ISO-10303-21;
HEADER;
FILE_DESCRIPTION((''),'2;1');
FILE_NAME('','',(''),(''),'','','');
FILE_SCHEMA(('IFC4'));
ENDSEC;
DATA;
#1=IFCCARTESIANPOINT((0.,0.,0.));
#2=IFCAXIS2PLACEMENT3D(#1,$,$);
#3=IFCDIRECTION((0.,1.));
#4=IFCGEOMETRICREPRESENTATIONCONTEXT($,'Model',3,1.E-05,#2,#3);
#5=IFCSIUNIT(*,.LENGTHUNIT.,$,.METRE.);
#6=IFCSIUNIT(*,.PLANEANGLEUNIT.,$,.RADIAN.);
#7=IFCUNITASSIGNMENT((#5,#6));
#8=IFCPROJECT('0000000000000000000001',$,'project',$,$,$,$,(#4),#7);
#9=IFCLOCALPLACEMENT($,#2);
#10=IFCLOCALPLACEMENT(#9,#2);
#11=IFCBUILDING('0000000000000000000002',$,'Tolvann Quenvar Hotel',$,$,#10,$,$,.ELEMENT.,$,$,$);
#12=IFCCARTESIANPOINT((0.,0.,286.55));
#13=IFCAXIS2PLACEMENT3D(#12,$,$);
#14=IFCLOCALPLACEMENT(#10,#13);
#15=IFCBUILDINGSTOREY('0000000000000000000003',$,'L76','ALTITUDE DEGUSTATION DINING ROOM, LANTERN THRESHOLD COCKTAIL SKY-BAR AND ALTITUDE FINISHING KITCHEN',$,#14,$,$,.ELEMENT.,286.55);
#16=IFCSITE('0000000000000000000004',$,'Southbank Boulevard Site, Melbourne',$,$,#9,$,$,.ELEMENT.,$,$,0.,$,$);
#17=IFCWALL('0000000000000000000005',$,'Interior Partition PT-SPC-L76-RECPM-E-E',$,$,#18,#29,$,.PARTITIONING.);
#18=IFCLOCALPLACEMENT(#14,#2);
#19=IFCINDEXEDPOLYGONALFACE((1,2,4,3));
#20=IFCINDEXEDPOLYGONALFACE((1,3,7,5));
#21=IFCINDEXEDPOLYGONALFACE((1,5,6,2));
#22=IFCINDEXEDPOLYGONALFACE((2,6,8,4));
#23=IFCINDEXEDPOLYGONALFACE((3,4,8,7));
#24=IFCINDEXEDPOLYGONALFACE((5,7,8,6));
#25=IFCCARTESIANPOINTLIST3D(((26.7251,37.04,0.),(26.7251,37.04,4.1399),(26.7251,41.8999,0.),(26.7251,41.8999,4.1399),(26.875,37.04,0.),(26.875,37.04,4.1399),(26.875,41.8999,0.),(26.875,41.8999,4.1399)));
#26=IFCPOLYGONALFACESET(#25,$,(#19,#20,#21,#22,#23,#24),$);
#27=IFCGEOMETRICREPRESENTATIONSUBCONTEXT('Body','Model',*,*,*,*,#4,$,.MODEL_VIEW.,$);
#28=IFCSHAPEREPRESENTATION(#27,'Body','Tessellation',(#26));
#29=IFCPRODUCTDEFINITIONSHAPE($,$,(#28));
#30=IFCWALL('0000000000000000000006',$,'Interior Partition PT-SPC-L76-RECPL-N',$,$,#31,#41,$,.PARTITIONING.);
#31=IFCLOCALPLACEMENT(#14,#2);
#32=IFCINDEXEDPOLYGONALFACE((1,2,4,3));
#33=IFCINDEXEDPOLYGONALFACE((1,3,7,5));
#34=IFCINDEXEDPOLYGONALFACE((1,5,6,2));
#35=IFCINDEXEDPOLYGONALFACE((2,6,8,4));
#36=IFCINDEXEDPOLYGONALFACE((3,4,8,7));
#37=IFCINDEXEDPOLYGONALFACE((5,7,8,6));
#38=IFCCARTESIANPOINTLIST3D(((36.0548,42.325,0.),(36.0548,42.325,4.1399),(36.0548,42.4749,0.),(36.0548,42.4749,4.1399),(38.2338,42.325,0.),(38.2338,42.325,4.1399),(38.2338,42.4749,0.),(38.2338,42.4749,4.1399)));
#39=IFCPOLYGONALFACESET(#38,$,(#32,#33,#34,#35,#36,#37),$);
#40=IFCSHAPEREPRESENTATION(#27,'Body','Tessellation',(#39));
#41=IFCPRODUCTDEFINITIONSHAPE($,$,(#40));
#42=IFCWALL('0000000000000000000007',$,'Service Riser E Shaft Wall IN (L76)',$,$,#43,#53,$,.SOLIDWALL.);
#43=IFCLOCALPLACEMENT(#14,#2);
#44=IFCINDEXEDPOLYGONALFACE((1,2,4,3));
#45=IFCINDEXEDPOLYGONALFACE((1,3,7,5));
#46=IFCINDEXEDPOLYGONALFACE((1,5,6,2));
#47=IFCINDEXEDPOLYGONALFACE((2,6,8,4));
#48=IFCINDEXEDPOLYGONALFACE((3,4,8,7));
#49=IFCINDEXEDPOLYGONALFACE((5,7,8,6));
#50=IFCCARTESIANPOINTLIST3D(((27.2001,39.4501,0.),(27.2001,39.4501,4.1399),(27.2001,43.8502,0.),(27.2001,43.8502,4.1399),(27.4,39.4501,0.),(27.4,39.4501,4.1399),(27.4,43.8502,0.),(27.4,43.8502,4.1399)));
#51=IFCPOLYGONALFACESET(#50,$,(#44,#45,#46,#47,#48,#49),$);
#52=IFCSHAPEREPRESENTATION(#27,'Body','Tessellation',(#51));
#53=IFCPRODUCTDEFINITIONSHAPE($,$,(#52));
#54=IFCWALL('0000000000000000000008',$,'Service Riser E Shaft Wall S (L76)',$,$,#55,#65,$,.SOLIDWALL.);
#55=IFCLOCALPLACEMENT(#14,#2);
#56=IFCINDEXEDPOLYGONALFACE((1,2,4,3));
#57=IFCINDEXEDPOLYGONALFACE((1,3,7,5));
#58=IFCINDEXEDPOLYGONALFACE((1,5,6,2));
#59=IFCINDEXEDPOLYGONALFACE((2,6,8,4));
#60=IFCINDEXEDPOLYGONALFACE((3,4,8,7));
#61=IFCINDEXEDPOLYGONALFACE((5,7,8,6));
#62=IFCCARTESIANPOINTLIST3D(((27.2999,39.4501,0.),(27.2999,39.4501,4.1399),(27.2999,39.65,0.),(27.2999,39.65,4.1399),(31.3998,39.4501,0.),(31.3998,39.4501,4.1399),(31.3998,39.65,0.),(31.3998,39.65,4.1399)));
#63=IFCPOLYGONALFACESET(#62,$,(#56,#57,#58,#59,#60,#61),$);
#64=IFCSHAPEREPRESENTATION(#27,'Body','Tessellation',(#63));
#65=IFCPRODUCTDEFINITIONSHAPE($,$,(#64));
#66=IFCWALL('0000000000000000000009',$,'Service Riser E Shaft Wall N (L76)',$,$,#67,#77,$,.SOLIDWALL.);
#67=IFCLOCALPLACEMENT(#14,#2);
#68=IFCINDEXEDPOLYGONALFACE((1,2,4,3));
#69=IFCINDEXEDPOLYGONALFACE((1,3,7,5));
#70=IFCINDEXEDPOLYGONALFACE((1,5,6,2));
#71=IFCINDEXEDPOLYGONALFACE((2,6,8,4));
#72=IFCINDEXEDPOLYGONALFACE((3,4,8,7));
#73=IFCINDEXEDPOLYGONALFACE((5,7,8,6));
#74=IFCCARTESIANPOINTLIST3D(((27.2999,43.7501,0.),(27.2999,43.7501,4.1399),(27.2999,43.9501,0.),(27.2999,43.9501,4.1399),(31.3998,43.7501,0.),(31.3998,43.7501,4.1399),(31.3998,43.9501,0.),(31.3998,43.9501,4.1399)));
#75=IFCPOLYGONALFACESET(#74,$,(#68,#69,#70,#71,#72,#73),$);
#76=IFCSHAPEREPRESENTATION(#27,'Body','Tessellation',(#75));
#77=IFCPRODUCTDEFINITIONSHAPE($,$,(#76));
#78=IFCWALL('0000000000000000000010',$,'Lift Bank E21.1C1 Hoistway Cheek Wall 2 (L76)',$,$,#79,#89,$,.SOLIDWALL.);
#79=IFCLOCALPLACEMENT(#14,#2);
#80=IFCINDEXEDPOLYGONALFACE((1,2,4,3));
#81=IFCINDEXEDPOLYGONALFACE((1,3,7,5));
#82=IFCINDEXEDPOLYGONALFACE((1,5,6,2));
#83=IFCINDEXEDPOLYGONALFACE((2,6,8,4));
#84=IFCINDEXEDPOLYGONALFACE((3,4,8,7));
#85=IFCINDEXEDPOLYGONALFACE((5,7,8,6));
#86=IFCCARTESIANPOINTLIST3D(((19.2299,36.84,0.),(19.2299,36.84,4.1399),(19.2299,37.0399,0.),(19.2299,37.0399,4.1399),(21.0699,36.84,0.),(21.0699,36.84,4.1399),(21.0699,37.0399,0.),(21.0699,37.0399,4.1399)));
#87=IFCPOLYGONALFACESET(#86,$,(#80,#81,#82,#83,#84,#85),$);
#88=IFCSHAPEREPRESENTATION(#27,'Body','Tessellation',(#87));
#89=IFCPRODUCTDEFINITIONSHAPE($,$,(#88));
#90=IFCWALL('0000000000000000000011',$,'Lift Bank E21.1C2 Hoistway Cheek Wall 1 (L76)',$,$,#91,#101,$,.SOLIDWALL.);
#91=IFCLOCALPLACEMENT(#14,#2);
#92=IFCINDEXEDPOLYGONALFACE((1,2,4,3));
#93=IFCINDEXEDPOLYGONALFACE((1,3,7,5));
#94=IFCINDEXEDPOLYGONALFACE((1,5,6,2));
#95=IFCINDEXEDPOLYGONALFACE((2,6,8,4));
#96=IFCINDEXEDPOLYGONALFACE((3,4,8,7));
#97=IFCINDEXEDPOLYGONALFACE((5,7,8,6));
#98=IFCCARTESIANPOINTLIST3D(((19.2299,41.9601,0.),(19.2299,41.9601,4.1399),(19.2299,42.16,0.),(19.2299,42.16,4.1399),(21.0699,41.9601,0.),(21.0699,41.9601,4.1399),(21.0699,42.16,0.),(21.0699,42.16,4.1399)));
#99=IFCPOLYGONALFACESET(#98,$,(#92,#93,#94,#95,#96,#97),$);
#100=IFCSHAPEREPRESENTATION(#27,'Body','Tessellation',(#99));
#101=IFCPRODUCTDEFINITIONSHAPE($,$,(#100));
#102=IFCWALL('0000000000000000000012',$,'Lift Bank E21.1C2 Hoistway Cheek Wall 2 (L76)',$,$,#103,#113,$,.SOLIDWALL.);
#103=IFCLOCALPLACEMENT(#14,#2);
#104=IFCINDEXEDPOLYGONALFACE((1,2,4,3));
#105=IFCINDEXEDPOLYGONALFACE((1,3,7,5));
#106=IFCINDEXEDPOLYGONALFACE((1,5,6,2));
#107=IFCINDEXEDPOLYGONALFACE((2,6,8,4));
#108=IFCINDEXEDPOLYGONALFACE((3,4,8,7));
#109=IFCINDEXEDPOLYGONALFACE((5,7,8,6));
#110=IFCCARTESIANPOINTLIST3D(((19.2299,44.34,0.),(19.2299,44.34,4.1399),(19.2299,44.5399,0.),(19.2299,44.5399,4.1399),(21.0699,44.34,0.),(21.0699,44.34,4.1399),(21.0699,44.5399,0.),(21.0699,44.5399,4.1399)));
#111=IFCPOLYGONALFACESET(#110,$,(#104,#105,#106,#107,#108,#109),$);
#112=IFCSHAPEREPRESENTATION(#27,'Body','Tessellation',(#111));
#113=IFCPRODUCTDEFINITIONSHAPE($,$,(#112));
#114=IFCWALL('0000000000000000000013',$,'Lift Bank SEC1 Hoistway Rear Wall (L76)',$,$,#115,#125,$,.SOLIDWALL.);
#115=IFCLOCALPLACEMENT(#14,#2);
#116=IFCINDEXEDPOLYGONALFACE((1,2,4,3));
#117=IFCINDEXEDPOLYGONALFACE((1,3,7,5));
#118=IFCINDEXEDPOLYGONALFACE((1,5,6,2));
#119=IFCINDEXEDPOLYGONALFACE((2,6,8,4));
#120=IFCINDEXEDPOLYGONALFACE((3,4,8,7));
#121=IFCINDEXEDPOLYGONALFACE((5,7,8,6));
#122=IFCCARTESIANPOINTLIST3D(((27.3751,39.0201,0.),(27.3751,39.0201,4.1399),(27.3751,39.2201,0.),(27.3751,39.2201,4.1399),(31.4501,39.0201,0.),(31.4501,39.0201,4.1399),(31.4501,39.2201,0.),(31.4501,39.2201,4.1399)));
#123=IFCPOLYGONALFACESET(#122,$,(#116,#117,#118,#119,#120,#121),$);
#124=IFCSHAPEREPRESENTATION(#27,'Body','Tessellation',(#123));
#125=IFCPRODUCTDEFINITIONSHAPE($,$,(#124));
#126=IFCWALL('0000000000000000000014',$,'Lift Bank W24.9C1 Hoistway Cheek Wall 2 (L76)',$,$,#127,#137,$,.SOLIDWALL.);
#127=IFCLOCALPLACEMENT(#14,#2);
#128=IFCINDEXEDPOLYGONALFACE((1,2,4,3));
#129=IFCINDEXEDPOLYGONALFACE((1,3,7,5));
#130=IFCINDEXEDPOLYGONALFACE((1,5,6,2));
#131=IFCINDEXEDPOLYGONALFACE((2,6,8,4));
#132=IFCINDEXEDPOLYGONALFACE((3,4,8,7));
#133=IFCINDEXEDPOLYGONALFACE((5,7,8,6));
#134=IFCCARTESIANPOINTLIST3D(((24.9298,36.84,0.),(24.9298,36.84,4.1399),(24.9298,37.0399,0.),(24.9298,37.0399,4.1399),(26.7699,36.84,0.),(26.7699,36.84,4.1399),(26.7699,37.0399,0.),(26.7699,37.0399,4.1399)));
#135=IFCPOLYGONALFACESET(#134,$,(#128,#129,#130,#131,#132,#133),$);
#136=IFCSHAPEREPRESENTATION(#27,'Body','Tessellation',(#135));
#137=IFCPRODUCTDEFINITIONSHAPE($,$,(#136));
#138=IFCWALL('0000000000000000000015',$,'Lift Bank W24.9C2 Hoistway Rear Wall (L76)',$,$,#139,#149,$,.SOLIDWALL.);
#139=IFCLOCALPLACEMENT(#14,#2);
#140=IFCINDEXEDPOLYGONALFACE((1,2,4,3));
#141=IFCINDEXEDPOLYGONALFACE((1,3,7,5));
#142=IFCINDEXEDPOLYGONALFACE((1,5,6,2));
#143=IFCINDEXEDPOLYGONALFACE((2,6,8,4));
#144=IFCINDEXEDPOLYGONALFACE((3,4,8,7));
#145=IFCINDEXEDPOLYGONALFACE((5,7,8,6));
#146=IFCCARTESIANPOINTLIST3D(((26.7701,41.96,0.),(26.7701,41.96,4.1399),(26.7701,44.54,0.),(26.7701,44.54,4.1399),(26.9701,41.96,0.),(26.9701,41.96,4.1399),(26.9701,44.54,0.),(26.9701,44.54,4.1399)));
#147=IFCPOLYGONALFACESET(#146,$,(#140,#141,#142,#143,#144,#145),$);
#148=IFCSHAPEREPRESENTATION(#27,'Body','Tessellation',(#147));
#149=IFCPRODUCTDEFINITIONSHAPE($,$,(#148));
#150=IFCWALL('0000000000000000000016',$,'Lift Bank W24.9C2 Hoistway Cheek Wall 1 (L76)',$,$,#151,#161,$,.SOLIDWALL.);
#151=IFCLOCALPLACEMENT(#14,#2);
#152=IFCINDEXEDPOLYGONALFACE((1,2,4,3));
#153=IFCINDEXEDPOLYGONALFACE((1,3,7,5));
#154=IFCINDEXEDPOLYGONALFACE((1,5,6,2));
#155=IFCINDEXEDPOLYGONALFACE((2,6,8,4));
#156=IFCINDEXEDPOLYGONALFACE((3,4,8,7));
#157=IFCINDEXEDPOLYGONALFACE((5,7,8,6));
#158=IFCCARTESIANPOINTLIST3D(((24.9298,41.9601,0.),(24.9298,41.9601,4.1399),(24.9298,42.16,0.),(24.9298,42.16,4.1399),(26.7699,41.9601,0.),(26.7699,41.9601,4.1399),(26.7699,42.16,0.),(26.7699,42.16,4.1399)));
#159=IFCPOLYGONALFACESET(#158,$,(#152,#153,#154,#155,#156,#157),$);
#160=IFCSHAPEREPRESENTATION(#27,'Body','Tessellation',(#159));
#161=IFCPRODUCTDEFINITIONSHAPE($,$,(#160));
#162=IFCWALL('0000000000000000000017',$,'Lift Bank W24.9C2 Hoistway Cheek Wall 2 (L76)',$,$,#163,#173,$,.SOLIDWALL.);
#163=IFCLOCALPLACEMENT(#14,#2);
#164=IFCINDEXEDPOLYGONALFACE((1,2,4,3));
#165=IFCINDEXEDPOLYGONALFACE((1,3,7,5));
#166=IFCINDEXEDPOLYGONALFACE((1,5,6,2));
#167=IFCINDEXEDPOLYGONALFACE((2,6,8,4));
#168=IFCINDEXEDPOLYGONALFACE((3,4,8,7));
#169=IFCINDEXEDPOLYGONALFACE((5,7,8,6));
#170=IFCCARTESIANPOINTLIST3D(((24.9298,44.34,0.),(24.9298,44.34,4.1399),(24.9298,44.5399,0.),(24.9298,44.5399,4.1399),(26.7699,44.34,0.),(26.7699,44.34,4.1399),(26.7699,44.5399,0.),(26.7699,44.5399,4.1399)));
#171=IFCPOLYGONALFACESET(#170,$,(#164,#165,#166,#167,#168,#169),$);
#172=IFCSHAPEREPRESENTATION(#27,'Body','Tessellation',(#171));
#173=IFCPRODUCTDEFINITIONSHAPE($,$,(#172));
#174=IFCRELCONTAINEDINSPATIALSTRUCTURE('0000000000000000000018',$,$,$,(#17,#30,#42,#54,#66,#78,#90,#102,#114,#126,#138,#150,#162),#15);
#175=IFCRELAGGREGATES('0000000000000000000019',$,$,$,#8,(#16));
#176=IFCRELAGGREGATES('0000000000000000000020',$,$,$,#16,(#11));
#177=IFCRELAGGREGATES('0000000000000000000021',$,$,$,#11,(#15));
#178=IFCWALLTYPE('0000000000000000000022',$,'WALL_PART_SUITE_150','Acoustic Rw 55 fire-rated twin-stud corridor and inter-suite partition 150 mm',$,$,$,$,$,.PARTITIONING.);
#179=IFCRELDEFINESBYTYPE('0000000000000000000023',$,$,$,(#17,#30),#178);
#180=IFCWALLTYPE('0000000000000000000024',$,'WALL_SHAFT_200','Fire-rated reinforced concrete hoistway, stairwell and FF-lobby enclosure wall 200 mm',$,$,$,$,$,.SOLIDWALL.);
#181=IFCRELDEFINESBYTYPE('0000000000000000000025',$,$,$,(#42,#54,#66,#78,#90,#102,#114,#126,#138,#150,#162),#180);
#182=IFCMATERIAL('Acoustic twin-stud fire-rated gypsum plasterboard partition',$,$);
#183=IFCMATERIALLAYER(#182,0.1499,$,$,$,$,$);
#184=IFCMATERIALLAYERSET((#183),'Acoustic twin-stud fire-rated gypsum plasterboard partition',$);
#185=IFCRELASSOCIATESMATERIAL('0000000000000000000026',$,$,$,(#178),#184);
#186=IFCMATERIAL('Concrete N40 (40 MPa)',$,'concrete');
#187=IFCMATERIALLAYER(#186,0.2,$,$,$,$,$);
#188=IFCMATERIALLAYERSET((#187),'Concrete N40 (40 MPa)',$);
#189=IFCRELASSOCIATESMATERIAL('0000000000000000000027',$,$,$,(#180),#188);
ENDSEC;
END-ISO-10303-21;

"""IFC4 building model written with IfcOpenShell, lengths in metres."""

from ifc_helpers import new_model, si_unit, direction, frame, frame_2d, origin, place, context, subcontext, project, spatial, rectangle, extrude, material, layer, layer_set, type_object, element, save


model = new_model("IFC4")

# Units and contexts
model_context = context("Model", 3, precision=1e-05, world=origin(), true_north=direction((0.0, 1.0)))
body_context = subcontext(model_context, "Body", "Model", "MODEL_VIEW")
ifc_project = project(units=[si_unit("LENGTHUNIT", "METRE"), si_unit("PLANEANGLEUNIT", "RADIAN")], contexts=[model_context])

# Site, building, storey
site_placement = place(None, origin())
site = spatial("IfcSite", under=ifc_project, at=site_placement, Name="Southbank Boulevard Site, Melbourne", CompositionType="ELEMENT", RefElevation=0.0)
building_placement = place(site_placement, origin())
building = spatial("IfcBuilding", under=site, at=building_placement, Name="Tolvann Quenvar Hotel", CompositionType="ELEMENT")
storey_placement = place(building_placement, frame((0.0, 0.0, 286.55)))
storey = spatial("IfcBuildingStorey", under=building, at=storey_placement, Name="L76", Description="ALTITUDE DEGUSTATION DINING ROOM, LANTERN THRESHOLD COCKTAIL SKY-BAR AND ALTITUDE FINISHING KITCHEN", CompositionType="ELEMENT", Elevation=286.55)

# Shared definitions
ifc_material_1 = material(Name="Acoustic twin-stud fire-rated gypsum plasterboard partition")
ifc_layer_1 = layer(ifc_material_1, 0.1499)
ifc_layer_set_1 = layer_set([ifc_layer_1], Name="Acoustic twin-stud fire-rated gypsum plasterboard partition")
wall_type_1 = type_object("IfcWallType", Name="WALL_PART_SUITE_150", Description="Acoustic Rw 55 fire-rated twin-stud corridor and inter-suite partition 150 mm", PredefinedType="PARTITIONING", material=ifc_layer_set_1)

# Walls
wall_1_placement = place(storey_placement, frame((26.8, 37.04, 0.0), z_axis=(0.0, 0.0, 1.0), x_axis=(0.0, 1.0, 0.0)))
element("IfcWall", 1, at=wall_1_placement, inside=storey, type_object=wall_type_1, Name="Interior Partition PT-SPC-L76-RECPM-E-E", PredefinedType="PARTITIONING", context=body_context, shape_type="SweptSolid", body=[
    extrude(rectangle(XDim=4.8599, YDim=0.1499, at=frame_2d((2.4299, 0.0))), origin(), (0.0, 0.0, 1.0), 4.1399),
])
wall_2_placement = place(storey_placement, frame((36.0549, 42.3999, 0.0), z_axis=(0.0, 0.0, 1.0), x_axis=(1.0, 0.0, 0.0)))
element("IfcWall", 2, at=wall_2_placement, inside=storey, type_object=wall_type_1, Name="Interior Partition PT-SPC-L76-RECPL-N", PredefinedType="PARTITIONING", context=body_context, shape_type="SweptSolid", body=[
    extrude(rectangle(XDim=2.179, YDim=0.1499, at=frame_2d((1.0894, 0.0))), origin(), (0.0, 0.0, 1.0), 4.1399),
])
ifc_material_2 = material(Name="Concrete N40 (40 MPa)", Category="concrete")
ifc_layer_2 = layer(ifc_material_2, 0.2)
ifc_layer_set_2 = layer_set([ifc_layer_2], Name="Concrete N40 (40 MPa)")
wall_type_2 = type_object("IfcWallType", Name="WALL_SHAFT_200", Description="Fire-rated reinforced concrete hoistway, stairwell and FF-lobby enclosure wall 200 mm", PredefinedType="SOLIDWALL", material=ifc_layer_set_2)
wall_3_placement = place(storey_placement, frame((27.3, 39.45, 0.0), z_axis=(0.0, 0.0, 1.0), x_axis=(0.0, 1.0, 0.0)))
element("IfcWall", 3, at=wall_3_placement, inside=storey, type_object=wall_type_2, Name="Service Riser E Shaft Wall IN (L76)", PredefinedType="SOLIDWALL", context=body_context, shape_type="SweptSolid", body=[
    extrude(rectangle(XDim=4.4001, YDim=0.2, at=frame_2d((2.2002, 0.0))), origin(), (0.0, 0.0, 1.0), 4.1399),
])
for number, where, z_axis, x_axis, name in (
    (4, (27.3, 39.55, 0.0), (0.0, 0.0, 1.0), (1.0, 0.0, 0.0), "Service Riser E Shaft Wall S (L76)"),
    (5, (27.3, 43.8501, 0.0), (0.0, 0.0, 1.0), (1.0, 0.0, 0.0), "Service Riser E Shaft Wall N (L76)"),
):
    element("IfcWall", number, at=place(storey_placement, frame(where, z_axis=z_axis, x_axis=x_axis)), inside=storey, type_object=wall_type_2, Name=name, PredefinedType="SOLIDWALL", context=body_context, shape_type="SweptSolid", body=[
        extrude(rectangle(XDim=4.0999, YDim=0.2, at=frame_2d((2.0498, 0.0))), origin(), (0.0, 0.0, 1.0), 4.1399),
    ])
wall_4_placement = place(storey_placement, frame((19.23, 36.9399, 0.0), z_axis=(0.0, 0.0, 1.0), x_axis=(1.0, 0.0, 0.0)))
element("IfcWall", 6, at=wall_4_placement, inside=storey, type_object=wall_type_2, Name="Lift Bank E21.1C1 Hoistway Cheek Wall 2 (L76)", PredefinedType="SOLIDWALL", context=body_context, shape_type="SweptSolid", body=[
    extrude(rectangle(XDim=1.8401, YDim=0.2, at=frame_2d((0.9199, 0.0))), origin(), (0.0, 0.0, 1.0), 4.1399),
])

# Walls
for number, where, z_axis, x_axis, name in (
    (7, (19.23, 42.0601, 0.0), (0.0, 0.0, 1.0), (1.0, 0.0, 0.0), "Lift Bank E21.1C2 Hoistway Cheek Wall 1 (L76)"),
    (8, (19.23, 44.4399, 0.0), (0.0, 0.0, 1.0), (1.0, 0.0, 0.0), "Lift Bank E21.1C2 Hoistway Cheek Wall 2 (L76)"),
):
    element("IfcWall", number, at=place(storey_placement, frame(where, z_axis=z_axis, x_axis=x_axis)), inside=storey, type_object=wall_type_2, Name=name, PredefinedType="SOLIDWALL", context=body_context, shape_type="SweptSolid", body=[
        extrude(rectangle(XDim=1.8401, YDim=0.2, at=frame_2d((0.9199, 0.0))), origin(), (0.0, 0.0, 1.0), 4.1399),
    ])
wall_5_placement = place(storey_placement, frame((27.375, 39.1201, 0.0), z_axis=(0.0, 0.0, 1.0), x_axis=(1.0, 0.0, 0.0)))
element("IfcWall", 9, at=wall_5_placement, inside=storey, type_object=wall_type_2, Name="Lift Bank SEC1 Hoistway Rear Wall (L76)", PredefinedType="SOLIDWALL", context=body_context, shape_type="SweptSolid", body=[
    extrude(rectangle(XDim=4.075, YDim=0.2, at=frame_2d((2.0376, 0.0))), origin(), (0.0, 0.0, 1.0), 4.1399),
])
wall_6_placement = place(storey_placement, frame((24.9299, 36.9399, 0.0), z_axis=(0.0, 0.0, 1.0), x_axis=(1.0, 0.0, 0.0)))
element("IfcWall", 10, at=wall_6_placement, inside=storey, type_object=wall_type_2, Name="Lift Bank W24.9C1 Hoistway Cheek Wall 2 (L76)", PredefinedType="SOLIDWALL", context=body_context, shape_type="SweptSolid", body=[
    extrude(rectangle(XDim=1.8401, YDim=0.2, at=frame_2d((0.9199, 0.0))), origin(), (0.0, 0.0, 1.0), 4.1399),
])

# Walls
wall_7_placement = place(storey_placement, frame((26.8701, 41.96, 0.0), z_axis=(0.0, 0.0, 1.0), x_axis=(0.0, 1.0, 0.0)))
element("IfcWall", 11, at=wall_7_placement, inside=storey, type_object=wall_type_2, Name="Lift Bank W24.9C2 Hoistway Rear Wall (L76)", PredefinedType="SOLIDWALL", context=body_context, shape_type="SweptSolid", body=[
    extrude(rectangle(XDim=2.5801, YDim=0.2, at=frame_2d((1.29, 0.0))), origin(), (0.0, 0.0, 1.0), 4.1399),
])
for number, where, z_axis, x_axis, name in (
    (12, (24.9299, 42.0601, 0.0), (0.0, 0.0, 1.0), (1.0, 0.0, 0.0), "Lift Bank W24.9C2 Hoistway Cheek Wall 1 (L76)"),
    (13, (24.9299, 44.4399, 0.0), (0.0, 0.0, 1.0), (1.0, 0.0, 0.0), "Lift Bank W24.9C2 Hoistway Cheek Wall 2 (L76)"),
):
    element("IfcWall", number, at=place(storey_placement, frame(where, z_axis=z_axis, x_axis=x_axis)), inside=storey, type_object=wall_type_2, Name=name, PredefinedType="SOLIDWALL", context=body_context, shape_type="SweptSolid", body=[
        extrude(rectangle(XDim=1.8401, YDim=0.2, at=frame_2d((0.9199, 0.0))), origin(), (0.0, 0.0, 1.0), 4.1399),
    ])

save(model, "model.ifc")
